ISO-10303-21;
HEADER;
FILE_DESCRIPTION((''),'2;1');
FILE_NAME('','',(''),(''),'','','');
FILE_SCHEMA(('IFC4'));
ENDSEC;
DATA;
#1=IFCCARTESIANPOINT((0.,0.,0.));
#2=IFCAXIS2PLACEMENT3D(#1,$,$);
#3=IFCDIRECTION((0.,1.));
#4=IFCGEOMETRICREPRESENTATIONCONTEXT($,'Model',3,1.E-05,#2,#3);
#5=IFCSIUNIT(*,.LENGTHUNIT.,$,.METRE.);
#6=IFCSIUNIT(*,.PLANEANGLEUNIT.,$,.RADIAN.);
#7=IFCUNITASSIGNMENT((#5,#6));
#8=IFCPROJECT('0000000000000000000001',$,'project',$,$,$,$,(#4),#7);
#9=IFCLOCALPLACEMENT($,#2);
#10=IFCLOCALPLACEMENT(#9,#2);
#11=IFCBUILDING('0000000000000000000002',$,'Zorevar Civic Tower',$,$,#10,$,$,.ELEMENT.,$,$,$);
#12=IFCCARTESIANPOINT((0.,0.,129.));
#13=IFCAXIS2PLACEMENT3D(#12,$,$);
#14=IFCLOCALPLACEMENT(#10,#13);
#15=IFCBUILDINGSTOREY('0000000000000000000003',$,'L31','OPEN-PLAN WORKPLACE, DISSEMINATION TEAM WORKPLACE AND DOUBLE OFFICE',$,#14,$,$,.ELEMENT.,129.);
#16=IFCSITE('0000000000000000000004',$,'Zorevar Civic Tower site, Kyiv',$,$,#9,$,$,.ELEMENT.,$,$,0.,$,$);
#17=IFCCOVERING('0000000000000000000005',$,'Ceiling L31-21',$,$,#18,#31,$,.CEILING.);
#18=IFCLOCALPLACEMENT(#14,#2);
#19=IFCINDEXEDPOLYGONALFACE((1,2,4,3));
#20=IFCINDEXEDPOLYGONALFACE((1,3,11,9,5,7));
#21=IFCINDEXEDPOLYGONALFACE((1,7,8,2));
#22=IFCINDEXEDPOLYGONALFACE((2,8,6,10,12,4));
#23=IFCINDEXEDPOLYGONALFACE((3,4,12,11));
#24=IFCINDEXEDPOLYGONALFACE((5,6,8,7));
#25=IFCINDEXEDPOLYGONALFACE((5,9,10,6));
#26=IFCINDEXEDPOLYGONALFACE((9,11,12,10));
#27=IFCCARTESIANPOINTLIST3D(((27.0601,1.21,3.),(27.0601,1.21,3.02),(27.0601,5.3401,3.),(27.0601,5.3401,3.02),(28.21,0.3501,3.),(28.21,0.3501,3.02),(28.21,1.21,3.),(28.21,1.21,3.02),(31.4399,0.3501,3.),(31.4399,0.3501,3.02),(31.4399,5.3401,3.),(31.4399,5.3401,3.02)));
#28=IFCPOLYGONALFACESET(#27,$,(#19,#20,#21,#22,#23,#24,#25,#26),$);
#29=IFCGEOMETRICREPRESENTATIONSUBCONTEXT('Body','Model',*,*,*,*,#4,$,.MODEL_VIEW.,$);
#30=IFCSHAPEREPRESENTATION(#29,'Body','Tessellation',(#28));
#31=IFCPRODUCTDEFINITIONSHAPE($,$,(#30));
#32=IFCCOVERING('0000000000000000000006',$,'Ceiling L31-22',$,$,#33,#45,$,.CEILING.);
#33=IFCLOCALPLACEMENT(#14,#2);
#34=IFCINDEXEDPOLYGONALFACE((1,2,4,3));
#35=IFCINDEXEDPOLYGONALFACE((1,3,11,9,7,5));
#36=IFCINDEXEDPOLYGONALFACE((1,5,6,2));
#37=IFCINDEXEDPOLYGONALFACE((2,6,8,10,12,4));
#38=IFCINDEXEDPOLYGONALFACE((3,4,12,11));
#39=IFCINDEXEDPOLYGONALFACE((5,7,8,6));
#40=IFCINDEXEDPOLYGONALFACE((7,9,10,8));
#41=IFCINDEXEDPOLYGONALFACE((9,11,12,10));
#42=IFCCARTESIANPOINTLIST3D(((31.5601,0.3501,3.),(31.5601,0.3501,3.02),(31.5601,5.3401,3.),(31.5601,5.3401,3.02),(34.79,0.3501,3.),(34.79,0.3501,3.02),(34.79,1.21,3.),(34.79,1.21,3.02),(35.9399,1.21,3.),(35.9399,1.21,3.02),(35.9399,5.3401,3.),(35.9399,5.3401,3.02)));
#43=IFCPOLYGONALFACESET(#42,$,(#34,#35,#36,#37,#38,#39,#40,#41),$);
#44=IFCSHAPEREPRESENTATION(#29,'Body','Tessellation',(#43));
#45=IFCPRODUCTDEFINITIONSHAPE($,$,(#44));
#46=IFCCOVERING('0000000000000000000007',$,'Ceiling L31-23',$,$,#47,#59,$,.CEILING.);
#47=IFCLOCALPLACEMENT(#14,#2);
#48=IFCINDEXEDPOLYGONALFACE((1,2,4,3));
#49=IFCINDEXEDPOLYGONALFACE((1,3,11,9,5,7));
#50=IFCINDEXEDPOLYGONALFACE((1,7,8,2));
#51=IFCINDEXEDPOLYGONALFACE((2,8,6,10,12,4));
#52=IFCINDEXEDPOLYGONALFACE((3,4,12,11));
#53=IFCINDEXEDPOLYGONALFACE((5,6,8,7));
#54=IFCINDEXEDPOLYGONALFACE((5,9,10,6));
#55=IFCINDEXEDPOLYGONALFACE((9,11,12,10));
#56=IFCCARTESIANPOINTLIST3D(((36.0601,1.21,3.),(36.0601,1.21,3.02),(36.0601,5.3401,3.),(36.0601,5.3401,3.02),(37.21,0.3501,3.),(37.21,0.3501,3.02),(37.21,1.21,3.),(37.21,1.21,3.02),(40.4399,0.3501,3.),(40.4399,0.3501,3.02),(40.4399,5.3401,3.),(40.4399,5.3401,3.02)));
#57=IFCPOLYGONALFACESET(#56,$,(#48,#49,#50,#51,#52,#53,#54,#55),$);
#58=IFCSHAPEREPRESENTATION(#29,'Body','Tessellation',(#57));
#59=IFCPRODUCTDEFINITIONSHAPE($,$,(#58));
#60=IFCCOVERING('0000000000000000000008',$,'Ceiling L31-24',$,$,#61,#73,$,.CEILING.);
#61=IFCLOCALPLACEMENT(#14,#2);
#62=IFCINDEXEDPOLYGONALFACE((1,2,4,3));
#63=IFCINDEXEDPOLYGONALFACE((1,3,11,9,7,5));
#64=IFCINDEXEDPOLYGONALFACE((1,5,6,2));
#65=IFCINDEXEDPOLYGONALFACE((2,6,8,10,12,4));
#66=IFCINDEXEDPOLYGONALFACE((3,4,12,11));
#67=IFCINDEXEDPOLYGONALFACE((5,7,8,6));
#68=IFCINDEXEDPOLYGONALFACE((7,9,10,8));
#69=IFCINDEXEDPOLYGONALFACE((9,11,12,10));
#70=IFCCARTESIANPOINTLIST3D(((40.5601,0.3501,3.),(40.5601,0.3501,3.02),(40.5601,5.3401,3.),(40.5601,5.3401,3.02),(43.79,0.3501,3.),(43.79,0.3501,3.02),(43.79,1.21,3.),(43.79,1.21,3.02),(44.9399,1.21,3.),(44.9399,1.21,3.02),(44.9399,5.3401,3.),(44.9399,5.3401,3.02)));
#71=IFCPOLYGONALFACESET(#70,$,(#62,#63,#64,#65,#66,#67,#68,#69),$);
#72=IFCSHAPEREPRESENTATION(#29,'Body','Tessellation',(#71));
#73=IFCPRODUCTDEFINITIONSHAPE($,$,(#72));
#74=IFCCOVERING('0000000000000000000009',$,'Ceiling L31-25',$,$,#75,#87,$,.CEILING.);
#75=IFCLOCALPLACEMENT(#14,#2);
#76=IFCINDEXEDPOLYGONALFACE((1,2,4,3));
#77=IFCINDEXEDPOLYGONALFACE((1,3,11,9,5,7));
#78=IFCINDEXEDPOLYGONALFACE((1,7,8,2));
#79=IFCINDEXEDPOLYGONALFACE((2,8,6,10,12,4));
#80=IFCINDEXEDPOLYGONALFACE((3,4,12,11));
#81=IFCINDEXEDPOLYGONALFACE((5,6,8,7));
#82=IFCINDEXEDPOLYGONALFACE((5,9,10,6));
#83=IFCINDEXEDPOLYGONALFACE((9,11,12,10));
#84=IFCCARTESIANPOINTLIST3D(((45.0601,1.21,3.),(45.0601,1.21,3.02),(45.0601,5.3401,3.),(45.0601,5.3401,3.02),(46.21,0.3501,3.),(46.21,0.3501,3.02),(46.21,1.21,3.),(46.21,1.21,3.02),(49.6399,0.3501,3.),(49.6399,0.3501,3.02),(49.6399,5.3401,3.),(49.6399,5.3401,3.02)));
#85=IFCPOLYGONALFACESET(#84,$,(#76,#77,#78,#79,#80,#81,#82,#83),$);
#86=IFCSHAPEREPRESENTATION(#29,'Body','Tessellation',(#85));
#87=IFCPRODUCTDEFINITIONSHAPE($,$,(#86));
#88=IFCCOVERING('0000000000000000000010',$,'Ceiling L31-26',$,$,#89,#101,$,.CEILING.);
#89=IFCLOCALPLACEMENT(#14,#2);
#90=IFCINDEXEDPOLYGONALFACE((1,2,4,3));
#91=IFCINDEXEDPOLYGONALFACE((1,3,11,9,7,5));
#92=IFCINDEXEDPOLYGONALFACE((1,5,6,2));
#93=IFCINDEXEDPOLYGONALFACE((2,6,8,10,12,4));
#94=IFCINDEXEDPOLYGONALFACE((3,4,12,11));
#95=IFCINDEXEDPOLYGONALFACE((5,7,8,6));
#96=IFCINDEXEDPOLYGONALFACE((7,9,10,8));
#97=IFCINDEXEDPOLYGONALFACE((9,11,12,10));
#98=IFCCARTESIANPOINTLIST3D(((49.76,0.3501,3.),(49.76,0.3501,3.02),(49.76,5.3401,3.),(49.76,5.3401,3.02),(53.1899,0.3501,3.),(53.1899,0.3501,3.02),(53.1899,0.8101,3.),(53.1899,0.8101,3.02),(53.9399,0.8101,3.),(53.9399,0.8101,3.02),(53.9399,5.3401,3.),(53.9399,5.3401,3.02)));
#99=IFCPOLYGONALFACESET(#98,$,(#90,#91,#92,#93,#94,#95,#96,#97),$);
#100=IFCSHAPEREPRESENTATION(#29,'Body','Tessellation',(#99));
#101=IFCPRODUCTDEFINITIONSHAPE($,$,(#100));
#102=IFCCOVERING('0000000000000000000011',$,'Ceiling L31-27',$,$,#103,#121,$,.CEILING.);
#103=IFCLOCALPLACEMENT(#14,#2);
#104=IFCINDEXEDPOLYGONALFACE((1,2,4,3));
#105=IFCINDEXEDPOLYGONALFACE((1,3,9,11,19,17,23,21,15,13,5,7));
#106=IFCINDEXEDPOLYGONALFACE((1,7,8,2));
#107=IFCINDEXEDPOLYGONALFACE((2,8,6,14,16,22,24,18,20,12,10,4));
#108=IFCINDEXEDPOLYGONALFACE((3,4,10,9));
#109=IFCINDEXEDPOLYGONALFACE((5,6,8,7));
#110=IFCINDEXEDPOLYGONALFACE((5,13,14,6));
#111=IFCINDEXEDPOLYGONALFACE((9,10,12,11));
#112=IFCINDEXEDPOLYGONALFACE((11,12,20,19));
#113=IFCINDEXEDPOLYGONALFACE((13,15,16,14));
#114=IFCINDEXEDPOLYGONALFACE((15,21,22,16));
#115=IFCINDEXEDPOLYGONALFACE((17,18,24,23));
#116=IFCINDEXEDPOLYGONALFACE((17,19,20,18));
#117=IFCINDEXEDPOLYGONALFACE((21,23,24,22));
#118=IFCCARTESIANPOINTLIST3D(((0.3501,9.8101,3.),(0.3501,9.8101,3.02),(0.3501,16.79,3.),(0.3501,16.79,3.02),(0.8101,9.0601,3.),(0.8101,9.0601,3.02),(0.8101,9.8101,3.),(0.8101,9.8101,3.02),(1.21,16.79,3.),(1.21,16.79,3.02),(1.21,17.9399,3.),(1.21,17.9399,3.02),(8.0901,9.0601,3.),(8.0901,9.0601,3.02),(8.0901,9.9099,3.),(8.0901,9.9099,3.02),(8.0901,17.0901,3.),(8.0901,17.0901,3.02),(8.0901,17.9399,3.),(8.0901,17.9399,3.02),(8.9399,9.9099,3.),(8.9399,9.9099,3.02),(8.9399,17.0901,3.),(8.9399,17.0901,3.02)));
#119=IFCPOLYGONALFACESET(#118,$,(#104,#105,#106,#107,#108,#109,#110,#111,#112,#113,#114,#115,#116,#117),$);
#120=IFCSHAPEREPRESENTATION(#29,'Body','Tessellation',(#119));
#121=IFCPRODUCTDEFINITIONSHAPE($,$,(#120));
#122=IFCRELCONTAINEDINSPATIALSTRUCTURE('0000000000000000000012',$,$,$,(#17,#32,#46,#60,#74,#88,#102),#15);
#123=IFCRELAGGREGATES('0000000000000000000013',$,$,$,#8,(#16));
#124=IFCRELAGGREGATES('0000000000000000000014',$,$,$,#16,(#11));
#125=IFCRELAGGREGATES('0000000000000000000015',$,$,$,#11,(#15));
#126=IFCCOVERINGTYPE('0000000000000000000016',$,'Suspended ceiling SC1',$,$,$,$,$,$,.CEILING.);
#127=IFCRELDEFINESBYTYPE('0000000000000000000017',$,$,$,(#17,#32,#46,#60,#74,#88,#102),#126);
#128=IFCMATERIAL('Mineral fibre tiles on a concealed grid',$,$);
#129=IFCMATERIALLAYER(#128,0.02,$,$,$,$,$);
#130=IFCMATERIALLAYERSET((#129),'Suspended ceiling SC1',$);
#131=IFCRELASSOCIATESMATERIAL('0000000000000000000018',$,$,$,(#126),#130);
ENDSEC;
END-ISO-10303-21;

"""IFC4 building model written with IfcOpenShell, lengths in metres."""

from ifc_helpers import new_model, si_unit, direction, frame, origin, place, context, subcontext, project, spatial, polyline, outline, extrude, material, layer, layer_set, type_object, element, save


model = new_model("IFC4")

# Units and contexts
model_context = context("Model", 3, precision=1e-05, world=origin(), true_north=direction((0.0, 1.0)))
body_context = subcontext(model_context, "Body", "Model", "MODEL_VIEW")
ifc_project = project(units=[si_unit("LENGTHUNIT", "METRE"), si_unit("PLANEANGLEUNIT", "RADIAN")], contexts=[model_context])

# Site, building, storey
site_placement = place(None, origin())
site = spatial("IfcSite", under=ifc_project, at=site_placement, Name="Zorevar Civic Tower site, Kyiv", CompositionType="ELEMENT", RefElevation=0.0)
building_placement = place(site_placement, origin())
building = spatial("IfcBuilding", under=site, at=building_placement, Name="Zorevar Civic Tower", CompositionType="ELEMENT")
storey_placement = place(building_placement, frame((0.0, 0.0, 129.0)))
storey = spatial("IfcBuildingStorey", under=building, at=storey_placement, Name="L31", Description="OPEN-PLAN WORKPLACE, DISSEMINATION TEAM WORKPLACE AND DOUBLE OFFICE", CompositionType="ELEMENT", Elevation=129.0)

# Coverings
ifc_material_1 = material(Name="Mineral fibre tiles on a concealed grid")
ifc_layer_1 = layer(ifc_material_1, 0.02)
ifc_layer_set_1 = layer_set([ifc_layer_1], Name="Suspended ceiling SC1")
covering_type_1 = type_object("IfcCoveringType", Name="Suspended ceiling SC1", PredefinedType="CEILING", material=ifc_layer_set_1)
covering_1_placement = place(storey_placement, frame((0.0, 0.0, 3.0)))
element("IfcCovering", 1, at=covering_1_placement, inside=storey, type_object=covering_type_1, Name="Ceiling L31-21", PredefinedType="CEILING", context=body_context, shape_type="SweptSolid", body=[
    extrude(outline(polyline([(31.4399, 5.3401), (31.4399, 0.3501), (28.21, 0.3501), (28.21, 1.21), (27.0601, 1.21), (27.0601, 5.3401), (31.4399, 5.3401)])), origin(), (0.0, 0.0, 1.0), 0.02),
])
covering_2_placement = place(storey_placement, frame((0.0, 0.0, 3.0)))
element("IfcCovering", 2, at=covering_2_placement, inside=storey, type_object=covering_type_1, Name="Ceiling L31-22", PredefinedType="CEILING", context=body_context, shape_type="SweptSolid", body=[
    extrude(outline(polyline([(35.9399, 5.3401), (35.9399, 1.21), (34.79, 1.21), (34.79, 0.3501), (31.5601, 0.3501), (31.5601, 5.3401), (35.9399, 5.3401)])), origin(), (0.0, 0.0, 1.0), 0.02),
])
covering_3_placement = place(storey_placement, frame((0.0, 0.0, 3.0)))
element("IfcCovering", 3, at=covering_3_placement, inside=storey, type_object=covering_type_1, Name="Ceiling L31-23", PredefinedType="CEILING", context=body_context, shape_type="SweptSolid", body=[
    extrude(outline(polyline([(40.4399, 5.3401), (40.4399, 0.3501), (37.21, 0.3501), (37.21, 1.21), (36.0601, 1.21), (36.0601, 5.3401), (40.4399, 5.3401)])), origin(), (0.0, 0.0, 1.0), 0.02),
])
covering_4_placement = place(storey_placement, frame((0.0, 0.0, 3.0)))
element("IfcCovering", 4, at=covering_4_placement, inside=storey, type_object=covering_type_1, Name="Ceiling L31-24", PredefinedType="CEILING", context=body_context, shape_type="SweptSolid", body=[
    extrude(outline(polyline([(44.9399, 5.3401), (44.9399, 1.21), (43.79, 1.21), (43.79, 0.3501), (40.5601, 0.3501), (40.5601, 5.3401), (44.9399, 5.3401)])), origin(), (0.0, 0.0, 1.0), 0.02),
])
covering_5_placement = place(storey_placement, frame((0.0, 0.0, 3.0)))
element("IfcCovering", 5, at=covering_5_placement, inside=storey, type_object=covering_type_1, Name="Ceiling L31-25", PredefinedType="CEILING", context=body_context, shape_type="SweptSolid", body=[
    extrude(outline(polyline([(49.6399, 5.3401), (49.6399, 0.3501), (46.21, 0.3501), (46.21, 1.21), (45.0601, 1.21), (45.0601, 5.3401), (49.6399, 5.3401)])), origin(), (0.0, 0.0, 1.0), 0.02),
])
covering_6_placement = place(storey_placement, frame((0.0, 0.0, 3.0)))
element("IfcCovering", 6, at=covering_6_placement, inside=storey, type_object=covering_type_1, Name="Ceiling L31-26", PredefinedType="CEILING", context=body_context, shape_type="SweptSolid", body=[
    extrude(outline(polyline([(53.9399, 5.3401), (53.9399, 0.8101), (53.1899, 0.8101), (53.1899, 0.3501), (49.76, 0.3501), (49.76, 5.3401), (53.9399, 5.3401)])), origin(), (0.0, 0.0, 1.0), 0.02),
])
covering_7_placement = place(storey_placement, frame((0.0, 0.0, 3.0)))
element("IfcCovering", 7, at=covering_7_placement, inside=storey, type_object=covering_type_1, Name="Ceiling L31-27", PredefinedType="CEILING", context=body_context, shape_type="SweptSolid", body=[
    extrude(outline(polyline([(8.9399, 9.9099), (8.0901, 9.9099), (8.0901, 9.0601), (0.8101, 9.0601), (0.8101, 9.8101), (0.3501, 9.8101), (0.3501, 16.79), (1.21, 16.79), (1.21, 17.9399), (8.0901, 17.9399), (8.0901, 17.0901), (8.9399, 17.0901), (8.9399, 9.9099)])), origin(), (0.0, 0.0, 1.0), 0.02),
])

save(model, "model.ifc")
